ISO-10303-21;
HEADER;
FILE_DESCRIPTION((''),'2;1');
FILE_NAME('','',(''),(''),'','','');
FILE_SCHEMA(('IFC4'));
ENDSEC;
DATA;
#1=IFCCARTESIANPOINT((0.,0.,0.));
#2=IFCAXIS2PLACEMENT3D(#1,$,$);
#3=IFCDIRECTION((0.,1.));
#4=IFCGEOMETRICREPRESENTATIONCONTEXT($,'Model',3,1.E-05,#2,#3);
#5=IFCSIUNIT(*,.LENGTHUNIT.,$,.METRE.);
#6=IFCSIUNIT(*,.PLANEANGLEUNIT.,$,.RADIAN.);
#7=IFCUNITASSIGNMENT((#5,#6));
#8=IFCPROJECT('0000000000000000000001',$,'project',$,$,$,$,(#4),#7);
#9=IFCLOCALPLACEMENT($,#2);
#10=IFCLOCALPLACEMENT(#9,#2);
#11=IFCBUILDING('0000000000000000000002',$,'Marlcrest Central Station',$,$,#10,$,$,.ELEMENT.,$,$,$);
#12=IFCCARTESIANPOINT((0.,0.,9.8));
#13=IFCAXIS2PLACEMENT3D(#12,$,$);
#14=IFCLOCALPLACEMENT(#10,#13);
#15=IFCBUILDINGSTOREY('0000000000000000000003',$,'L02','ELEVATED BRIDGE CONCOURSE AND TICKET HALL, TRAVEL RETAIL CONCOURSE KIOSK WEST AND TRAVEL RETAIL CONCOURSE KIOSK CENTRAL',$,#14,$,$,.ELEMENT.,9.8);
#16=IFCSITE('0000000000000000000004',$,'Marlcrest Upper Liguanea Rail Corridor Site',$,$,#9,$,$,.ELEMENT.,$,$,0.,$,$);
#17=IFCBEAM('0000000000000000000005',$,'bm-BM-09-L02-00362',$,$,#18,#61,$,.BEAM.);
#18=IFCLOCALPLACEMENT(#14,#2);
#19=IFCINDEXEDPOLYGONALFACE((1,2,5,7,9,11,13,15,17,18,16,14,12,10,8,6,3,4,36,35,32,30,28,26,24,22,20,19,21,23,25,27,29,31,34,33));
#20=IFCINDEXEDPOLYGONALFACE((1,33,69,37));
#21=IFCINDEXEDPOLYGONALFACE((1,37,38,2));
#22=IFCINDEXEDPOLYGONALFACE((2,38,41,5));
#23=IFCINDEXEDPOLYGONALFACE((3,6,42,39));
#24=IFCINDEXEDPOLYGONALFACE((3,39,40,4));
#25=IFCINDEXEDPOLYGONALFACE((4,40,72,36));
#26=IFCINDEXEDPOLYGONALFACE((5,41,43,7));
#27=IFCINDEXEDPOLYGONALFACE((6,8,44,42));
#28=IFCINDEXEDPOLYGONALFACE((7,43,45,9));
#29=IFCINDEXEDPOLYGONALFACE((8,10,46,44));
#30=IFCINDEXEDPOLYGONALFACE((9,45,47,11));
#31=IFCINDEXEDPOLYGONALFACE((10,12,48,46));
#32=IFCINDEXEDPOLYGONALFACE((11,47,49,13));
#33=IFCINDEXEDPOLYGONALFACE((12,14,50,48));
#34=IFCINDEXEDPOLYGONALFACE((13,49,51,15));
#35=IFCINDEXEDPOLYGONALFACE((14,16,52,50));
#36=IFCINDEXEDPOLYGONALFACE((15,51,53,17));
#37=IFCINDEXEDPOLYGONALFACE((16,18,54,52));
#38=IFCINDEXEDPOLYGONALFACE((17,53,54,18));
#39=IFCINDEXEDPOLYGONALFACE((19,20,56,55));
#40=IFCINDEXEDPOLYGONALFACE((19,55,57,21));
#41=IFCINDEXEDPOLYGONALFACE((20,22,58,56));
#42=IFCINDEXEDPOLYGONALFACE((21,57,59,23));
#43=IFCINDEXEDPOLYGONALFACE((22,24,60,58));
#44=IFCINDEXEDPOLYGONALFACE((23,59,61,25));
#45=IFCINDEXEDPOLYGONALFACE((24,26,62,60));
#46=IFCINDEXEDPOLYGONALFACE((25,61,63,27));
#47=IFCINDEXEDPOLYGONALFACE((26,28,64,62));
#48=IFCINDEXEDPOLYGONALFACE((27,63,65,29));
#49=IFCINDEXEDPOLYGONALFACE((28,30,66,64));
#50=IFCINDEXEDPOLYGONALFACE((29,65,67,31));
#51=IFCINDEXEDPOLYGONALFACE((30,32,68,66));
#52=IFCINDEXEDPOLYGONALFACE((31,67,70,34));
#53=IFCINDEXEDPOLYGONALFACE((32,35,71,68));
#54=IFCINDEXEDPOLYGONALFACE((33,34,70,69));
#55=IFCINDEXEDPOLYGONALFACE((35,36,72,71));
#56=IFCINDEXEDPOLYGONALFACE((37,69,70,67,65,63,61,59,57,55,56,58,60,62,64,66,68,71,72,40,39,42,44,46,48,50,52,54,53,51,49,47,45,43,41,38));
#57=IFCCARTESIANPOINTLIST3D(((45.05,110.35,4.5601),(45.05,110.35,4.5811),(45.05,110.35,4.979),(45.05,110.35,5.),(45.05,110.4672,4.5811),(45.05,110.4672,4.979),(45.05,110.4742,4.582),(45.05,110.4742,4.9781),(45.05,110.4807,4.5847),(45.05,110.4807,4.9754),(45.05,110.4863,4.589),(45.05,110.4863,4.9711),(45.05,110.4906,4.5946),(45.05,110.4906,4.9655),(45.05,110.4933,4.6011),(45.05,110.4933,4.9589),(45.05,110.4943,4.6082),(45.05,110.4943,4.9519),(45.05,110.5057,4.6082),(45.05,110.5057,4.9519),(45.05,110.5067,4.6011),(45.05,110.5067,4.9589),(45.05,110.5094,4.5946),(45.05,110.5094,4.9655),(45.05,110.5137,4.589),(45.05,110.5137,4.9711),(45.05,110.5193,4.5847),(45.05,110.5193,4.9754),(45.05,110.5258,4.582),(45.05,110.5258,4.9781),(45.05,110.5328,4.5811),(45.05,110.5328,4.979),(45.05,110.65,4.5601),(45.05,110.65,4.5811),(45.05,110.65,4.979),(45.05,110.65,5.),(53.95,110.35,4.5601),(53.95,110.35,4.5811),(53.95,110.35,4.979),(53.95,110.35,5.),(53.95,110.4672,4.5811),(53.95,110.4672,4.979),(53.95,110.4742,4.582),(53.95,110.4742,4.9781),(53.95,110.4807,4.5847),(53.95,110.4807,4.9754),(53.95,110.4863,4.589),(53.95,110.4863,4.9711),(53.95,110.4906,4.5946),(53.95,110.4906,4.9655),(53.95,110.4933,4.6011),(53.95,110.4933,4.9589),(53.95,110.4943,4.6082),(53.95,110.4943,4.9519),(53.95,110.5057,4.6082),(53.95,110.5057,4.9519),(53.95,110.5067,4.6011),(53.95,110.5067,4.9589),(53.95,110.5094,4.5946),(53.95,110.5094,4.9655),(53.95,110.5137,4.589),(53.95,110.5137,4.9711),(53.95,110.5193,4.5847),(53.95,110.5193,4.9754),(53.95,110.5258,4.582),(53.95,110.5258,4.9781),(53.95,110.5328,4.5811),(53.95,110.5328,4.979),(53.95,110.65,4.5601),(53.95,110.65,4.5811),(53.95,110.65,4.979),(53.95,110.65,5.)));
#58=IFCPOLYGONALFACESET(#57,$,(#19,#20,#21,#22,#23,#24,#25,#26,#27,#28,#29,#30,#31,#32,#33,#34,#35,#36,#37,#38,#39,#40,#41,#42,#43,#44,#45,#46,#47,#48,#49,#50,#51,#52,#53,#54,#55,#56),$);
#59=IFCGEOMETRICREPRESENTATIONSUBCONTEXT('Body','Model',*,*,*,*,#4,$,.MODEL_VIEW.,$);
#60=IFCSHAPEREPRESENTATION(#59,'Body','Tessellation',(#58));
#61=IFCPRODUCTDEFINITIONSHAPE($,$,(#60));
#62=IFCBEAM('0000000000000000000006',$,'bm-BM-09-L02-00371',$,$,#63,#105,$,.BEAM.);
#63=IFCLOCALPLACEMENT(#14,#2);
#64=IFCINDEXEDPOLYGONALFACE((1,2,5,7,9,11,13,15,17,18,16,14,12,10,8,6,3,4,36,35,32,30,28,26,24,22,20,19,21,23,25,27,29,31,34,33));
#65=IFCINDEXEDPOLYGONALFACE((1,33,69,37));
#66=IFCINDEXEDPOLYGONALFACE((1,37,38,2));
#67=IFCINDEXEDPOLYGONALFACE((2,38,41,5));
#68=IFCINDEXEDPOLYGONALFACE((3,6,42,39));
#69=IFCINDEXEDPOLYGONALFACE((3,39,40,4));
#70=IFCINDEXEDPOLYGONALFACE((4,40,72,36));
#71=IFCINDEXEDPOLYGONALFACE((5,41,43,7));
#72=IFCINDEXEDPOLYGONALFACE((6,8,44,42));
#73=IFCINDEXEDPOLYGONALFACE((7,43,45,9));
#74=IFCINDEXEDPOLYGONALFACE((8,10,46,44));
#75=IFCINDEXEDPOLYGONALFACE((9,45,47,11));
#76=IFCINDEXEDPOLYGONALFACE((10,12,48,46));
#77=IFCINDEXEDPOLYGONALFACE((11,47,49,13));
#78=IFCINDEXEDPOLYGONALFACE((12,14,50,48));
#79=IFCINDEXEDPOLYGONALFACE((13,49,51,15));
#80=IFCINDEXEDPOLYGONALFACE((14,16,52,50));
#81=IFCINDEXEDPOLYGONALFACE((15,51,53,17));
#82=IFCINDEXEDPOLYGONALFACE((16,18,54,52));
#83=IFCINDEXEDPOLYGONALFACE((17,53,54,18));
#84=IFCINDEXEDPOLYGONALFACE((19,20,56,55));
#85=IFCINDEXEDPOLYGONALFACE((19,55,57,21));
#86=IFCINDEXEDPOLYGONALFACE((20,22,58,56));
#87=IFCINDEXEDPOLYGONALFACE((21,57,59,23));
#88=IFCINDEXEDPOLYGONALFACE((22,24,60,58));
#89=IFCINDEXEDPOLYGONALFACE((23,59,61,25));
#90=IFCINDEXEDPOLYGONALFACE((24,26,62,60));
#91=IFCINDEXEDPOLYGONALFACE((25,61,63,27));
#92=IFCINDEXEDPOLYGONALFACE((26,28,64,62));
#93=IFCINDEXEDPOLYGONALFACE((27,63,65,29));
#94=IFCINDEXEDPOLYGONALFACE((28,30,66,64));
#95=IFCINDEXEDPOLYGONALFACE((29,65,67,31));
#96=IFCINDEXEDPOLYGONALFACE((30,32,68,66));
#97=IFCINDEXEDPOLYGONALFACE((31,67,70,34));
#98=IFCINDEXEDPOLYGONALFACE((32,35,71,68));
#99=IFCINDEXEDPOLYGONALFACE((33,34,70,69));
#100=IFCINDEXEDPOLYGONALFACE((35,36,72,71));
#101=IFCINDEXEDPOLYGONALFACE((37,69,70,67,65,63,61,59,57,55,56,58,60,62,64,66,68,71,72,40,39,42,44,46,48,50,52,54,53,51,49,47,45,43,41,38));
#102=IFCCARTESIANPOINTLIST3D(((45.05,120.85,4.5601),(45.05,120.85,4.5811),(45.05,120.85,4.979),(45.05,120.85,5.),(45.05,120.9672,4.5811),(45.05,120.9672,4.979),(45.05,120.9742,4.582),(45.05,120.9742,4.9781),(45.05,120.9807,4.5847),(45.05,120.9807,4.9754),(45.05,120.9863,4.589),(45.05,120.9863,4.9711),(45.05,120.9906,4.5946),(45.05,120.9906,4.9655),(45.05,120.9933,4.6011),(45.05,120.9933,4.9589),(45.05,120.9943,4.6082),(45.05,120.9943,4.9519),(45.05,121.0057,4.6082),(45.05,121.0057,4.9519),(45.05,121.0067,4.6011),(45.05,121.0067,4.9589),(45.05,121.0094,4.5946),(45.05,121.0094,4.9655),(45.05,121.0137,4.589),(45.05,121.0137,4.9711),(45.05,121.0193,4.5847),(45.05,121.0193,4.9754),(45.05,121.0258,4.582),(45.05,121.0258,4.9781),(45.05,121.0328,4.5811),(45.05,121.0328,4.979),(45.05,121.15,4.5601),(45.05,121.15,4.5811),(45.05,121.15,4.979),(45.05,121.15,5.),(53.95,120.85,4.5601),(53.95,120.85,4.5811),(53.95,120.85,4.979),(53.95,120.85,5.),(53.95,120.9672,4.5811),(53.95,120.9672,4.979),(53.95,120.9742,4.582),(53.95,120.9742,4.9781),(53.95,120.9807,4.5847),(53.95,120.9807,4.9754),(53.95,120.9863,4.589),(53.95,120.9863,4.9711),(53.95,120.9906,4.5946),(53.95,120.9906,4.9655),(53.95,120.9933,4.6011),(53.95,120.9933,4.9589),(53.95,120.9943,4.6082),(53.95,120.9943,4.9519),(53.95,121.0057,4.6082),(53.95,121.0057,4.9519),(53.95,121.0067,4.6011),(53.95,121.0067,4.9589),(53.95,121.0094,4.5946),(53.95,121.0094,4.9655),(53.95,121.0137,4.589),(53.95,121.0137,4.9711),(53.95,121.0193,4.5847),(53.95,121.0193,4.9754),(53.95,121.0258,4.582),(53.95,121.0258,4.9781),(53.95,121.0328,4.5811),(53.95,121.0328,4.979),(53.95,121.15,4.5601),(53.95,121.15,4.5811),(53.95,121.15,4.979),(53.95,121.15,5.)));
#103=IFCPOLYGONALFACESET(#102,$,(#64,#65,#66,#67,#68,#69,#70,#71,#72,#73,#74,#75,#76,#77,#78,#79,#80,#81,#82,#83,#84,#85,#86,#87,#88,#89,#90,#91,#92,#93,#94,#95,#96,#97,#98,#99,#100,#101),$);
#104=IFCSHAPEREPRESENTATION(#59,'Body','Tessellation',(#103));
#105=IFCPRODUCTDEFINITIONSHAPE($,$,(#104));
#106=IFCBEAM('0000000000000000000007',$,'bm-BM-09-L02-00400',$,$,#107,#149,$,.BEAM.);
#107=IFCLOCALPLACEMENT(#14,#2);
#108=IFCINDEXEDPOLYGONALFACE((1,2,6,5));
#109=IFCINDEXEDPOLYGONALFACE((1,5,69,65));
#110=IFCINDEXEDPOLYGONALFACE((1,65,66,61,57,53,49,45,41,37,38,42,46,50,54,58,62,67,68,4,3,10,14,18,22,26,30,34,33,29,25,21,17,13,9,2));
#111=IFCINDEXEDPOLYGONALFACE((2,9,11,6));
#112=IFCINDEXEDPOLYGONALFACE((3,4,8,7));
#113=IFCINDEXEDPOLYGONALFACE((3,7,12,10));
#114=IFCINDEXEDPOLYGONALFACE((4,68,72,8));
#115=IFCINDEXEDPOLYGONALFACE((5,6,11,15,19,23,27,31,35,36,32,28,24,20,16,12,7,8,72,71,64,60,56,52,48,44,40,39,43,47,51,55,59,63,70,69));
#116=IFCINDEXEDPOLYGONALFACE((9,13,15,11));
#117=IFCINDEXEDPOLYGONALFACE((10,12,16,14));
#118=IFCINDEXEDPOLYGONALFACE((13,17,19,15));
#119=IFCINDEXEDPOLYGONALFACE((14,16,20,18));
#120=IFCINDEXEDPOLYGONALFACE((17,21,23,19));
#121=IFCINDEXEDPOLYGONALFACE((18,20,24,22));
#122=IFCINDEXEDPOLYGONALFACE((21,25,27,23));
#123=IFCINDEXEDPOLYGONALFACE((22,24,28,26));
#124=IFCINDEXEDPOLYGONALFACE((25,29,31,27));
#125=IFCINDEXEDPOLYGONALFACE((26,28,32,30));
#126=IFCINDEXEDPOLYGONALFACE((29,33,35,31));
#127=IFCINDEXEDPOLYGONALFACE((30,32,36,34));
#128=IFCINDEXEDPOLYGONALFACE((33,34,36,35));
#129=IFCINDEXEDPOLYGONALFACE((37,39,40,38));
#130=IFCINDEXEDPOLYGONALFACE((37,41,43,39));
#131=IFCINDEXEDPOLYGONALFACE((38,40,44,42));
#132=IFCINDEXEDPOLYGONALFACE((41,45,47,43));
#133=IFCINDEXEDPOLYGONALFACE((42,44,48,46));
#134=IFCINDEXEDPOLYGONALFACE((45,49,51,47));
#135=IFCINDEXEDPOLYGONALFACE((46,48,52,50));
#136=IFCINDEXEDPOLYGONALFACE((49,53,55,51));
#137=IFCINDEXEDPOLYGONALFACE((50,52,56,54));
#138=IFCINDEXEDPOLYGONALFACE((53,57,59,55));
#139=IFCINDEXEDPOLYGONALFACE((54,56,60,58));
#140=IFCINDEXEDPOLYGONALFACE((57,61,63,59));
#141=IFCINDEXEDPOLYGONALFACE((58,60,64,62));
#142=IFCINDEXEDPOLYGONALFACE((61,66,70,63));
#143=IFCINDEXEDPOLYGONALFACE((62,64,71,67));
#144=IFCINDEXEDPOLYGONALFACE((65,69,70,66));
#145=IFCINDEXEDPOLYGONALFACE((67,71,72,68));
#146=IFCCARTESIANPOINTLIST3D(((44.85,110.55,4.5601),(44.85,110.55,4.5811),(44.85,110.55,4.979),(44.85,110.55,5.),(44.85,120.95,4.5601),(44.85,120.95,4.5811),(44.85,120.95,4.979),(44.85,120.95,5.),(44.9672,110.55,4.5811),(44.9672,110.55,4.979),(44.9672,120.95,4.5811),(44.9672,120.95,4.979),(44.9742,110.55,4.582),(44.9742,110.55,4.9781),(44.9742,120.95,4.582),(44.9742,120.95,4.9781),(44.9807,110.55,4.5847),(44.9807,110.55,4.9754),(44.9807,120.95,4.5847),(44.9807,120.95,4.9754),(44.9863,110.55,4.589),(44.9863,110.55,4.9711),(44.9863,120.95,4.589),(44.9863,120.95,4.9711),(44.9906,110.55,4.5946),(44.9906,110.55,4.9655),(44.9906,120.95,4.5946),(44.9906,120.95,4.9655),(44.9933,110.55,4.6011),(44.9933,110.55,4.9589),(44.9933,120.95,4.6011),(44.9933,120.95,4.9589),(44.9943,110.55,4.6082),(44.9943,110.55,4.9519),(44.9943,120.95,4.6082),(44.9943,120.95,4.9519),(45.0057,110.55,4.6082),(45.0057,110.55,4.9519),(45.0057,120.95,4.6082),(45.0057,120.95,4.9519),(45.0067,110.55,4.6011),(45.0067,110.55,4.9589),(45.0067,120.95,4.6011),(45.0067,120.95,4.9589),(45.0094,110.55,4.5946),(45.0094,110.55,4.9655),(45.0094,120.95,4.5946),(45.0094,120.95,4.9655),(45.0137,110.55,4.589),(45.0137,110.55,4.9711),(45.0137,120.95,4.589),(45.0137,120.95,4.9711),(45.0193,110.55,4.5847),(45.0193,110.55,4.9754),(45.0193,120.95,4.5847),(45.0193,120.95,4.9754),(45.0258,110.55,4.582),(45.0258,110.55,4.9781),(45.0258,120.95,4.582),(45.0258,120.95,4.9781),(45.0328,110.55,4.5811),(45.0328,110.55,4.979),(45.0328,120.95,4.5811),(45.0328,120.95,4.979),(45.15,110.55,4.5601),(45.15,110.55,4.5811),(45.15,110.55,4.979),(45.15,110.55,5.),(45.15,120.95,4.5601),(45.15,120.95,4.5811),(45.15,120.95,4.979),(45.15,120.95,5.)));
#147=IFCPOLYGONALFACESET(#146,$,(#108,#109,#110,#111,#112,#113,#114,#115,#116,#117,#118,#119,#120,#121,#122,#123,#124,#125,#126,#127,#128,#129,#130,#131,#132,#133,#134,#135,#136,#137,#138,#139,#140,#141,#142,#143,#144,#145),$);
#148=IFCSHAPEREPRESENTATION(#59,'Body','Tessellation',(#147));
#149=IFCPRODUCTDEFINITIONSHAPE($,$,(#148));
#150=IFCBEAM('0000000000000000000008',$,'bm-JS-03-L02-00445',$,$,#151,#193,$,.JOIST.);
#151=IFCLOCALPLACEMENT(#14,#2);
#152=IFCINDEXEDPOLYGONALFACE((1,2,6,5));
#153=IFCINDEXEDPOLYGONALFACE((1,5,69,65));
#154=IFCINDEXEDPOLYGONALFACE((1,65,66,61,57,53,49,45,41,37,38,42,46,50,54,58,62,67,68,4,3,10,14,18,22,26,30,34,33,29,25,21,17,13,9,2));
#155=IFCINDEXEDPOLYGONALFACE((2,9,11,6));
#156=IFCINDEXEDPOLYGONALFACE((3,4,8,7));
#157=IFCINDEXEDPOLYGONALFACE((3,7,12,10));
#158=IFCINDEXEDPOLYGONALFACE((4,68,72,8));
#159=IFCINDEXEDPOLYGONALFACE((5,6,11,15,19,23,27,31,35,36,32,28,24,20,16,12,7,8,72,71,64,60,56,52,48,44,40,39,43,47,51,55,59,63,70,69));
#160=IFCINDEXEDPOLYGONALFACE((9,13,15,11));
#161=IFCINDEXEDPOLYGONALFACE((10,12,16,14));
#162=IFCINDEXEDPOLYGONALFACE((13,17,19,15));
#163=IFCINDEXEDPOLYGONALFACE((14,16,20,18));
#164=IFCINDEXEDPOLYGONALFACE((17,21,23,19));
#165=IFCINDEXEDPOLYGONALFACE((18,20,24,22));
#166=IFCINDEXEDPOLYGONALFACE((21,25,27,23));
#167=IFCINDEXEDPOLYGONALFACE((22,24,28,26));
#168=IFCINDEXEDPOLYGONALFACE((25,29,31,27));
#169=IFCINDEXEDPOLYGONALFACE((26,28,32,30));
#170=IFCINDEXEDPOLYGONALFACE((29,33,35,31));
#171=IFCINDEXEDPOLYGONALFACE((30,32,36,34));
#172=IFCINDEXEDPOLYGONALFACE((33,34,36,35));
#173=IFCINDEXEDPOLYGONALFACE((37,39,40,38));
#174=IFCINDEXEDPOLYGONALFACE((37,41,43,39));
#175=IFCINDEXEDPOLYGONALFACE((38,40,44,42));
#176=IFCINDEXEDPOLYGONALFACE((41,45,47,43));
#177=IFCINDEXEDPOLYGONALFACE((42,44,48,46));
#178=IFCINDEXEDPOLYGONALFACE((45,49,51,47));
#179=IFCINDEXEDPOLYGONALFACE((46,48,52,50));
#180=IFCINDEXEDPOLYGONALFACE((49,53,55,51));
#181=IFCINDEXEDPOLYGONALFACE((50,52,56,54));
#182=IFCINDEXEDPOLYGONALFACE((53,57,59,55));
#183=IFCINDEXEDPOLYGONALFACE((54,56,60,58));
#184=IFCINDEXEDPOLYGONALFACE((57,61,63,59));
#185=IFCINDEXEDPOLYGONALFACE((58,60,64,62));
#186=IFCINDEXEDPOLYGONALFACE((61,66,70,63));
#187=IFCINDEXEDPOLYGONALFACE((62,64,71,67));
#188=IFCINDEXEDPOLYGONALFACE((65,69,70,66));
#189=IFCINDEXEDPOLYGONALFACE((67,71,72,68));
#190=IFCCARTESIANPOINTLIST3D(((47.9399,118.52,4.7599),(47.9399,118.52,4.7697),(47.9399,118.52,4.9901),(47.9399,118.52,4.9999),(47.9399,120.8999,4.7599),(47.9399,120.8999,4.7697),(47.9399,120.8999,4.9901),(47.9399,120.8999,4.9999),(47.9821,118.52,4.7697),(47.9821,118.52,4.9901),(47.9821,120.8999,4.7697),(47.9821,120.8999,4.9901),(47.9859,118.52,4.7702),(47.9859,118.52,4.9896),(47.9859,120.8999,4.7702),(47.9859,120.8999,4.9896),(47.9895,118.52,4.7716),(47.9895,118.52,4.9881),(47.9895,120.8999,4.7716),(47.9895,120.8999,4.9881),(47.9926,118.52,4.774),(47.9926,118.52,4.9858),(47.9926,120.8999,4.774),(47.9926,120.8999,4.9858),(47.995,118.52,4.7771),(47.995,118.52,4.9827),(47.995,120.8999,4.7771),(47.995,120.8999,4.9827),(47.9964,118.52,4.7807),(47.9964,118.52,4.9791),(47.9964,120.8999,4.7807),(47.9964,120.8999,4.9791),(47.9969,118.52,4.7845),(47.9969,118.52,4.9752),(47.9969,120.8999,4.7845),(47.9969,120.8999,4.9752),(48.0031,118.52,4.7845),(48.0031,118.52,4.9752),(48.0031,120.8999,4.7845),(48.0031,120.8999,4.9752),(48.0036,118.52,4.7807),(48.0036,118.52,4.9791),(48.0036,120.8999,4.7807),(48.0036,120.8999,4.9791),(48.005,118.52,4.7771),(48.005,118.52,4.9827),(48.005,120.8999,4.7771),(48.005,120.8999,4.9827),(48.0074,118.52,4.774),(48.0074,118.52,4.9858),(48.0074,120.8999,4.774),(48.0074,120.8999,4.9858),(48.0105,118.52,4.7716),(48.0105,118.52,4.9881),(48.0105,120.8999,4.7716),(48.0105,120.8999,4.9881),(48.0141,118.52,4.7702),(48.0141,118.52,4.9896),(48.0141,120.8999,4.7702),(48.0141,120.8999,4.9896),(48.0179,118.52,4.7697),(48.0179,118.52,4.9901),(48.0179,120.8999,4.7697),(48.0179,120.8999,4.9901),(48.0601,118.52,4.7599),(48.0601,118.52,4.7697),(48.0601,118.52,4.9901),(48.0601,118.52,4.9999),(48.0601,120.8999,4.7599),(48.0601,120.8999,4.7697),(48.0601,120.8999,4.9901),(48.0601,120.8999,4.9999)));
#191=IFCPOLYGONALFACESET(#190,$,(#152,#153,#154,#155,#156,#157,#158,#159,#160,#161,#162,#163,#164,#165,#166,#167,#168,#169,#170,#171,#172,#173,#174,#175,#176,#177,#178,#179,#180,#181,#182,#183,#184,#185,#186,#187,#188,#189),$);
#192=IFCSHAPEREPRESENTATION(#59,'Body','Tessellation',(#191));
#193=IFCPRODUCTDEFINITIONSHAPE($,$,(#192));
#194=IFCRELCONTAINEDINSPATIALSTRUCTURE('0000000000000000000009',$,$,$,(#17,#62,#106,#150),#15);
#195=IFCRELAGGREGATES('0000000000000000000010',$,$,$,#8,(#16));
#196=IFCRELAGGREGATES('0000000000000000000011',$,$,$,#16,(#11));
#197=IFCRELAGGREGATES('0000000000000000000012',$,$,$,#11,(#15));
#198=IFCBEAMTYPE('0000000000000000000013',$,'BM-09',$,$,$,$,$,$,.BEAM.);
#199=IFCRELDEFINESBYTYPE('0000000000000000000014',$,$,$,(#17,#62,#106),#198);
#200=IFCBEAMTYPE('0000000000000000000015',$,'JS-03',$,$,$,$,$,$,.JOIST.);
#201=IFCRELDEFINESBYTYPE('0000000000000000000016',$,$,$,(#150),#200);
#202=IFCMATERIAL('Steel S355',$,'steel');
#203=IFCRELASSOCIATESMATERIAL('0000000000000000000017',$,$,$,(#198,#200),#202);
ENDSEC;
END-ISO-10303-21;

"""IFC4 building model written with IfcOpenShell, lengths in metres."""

from ifc_helpers import new_model, si_unit, direction, frame, origin, origin_2d, place, context, subcontext, project, spatial, i_section, extrude, material, material_profile, profile_set, type_object, element, save


model = new_model("IFC4")

# Units and contexts
model_context = context("Model", 3, precision=1e-05, world=origin(), true_north=direction((0.0, 1.0)))
body_context = subcontext(model_context, "Body", "Model", "MODEL_VIEW")
ifc_project = project(units=[si_unit("LENGTHUNIT", "METRE"), si_unit("PLANEANGLEUNIT", "RADIAN")], contexts=[model_context])

# Site, building, storey
site_placement = place(None, origin())
site = spatial("IfcSite", under=ifc_project, at=site_placement, Name="Marlcrest Upper Liguanea Rail Corridor Site", CompositionType="ELEMENT", RefElevation=0.0)
building_placement = place(site_placement, origin())
building = spatial("IfcBuilding", under=site, at=building_placement, Name="Marlcrest Central Station", CompositionType="ELEMENT")
storey_placement = place(building_placement, frame((0.0, 0.0, 9.8)))
storey = spatial("IfcBuildingStorey", under=building, at=storey_placement, Name="L02", Description="ELEVATED BRIDGE CONCOURSE AND TICKET HALL, TRAVEL RETAIL CONCOURSE KIOSK WEST AND TRAVEL RETAIL CONCOURSE KIOSK CENTRAL", CompositionType="ELEMENT", Elevation=9.8)

# Shared definitions
ifc_material_1 = material(Name="Steel S355", Category="steel")

# Beams
ifc_material_profile_1 = material_profile(ifc_material_1, i_section(OverallWidth=0.3, OverallDepth=0.4399, WebThickness=0.0115, FlangeThickness=0.021, FilletRadius=0.0271, at=origin_2d()), Name="HEA 450")
ifc_profile_set_1 = profile_set([ifc_material_profile_1], Name="Steel S355")
beam_type_1 = type_object("IfcBeamType", Name="BM-09", PredefinedType="BEAM", material=ifc_profile_set_1)
for number, where, z_axis, x_axis, name in (
    (1, (45.05, 110.5, 4.78), (1.0, 0.0, 0.0), (0.0, 1.0, 0.0), "bm-BM-09-L02-00362"),
    (2, (45.05, 121.0, 4.78), (1.0, 0.0, 0.0), (0.0, 1.0, 0.0), "bm-BM-09-L02-00371"),
):
    element("IfcBeam", number, at=place(storey_placement, frame(where, z_axis=z_axis, x_axis=x_axis)), inside=storey, type_object=beam_type_1, Name=name, PredefinedType="BEAM", context=body_context, shape_type="SweptSolid", body=[
        extrude(i_section(OverallWidth=0.3, OverallDepth=0.4399, WebThickness=0.0115, FlangeThickness=0.021, FilletRadius=0.0271, at=origin_2d()), origin(), (0.0, 0.0, 1.0), 8.8999),
    ])
beam_1_placement = place(storey_placement, frame((45.0, 110.55, 4.78), z_axis=(0.0, 1.0, 0.0), x_axis=(-1.0, 0.0, 0.0)))
element("IfcBeam", 3, at=beam_1_placement, inside=storey, type_object=beam_type_1, Name="bm-BM-09-L02-00400", PredefinedType="BEAM", context=body_context, shape_type="SweptSolid", body=[
    extrude(i_section(OverallWidth=0.3, OverallDepth=0.4399, WebThickness=0.0115, FlangeThickness=0.021, FilletRadius=0.0271, at=origin_2d()), origin(), (0.0, 0.0, 1.0), 10.3999),
])
ifc_material_profile_2 = material_profile(ifc_material_1, i_section(OverallWidth=0.1201, OverallDepth=0.24, WebThickness=0.0061, FlangeThickness=0.0098, FilletRadius=0.0149, at=origin_2d()), Name="IPE 240")
ifc_profile_set_2 = profile_set([ifc_material_profile_2], Name="Steel S355")
beam_type_2 = type_object("IfcBeamType", Name="JS-03", PredefinedType="JOIST", material=ifc_profile_set_2)
beam_2_placement = place(storey_placement, frame((48.0, 118.52, 4.8799), z_axis=(0.0, 1.0, 0.0), x_axis=(-1.0, 0.0, 0.0)))
element("IfcBeam", 4, at=beam_2_placement, inside=storey, type_object=beam_type_2, Name="bm-JS-03-L02-00445", PredefinedType="JOIST", context=body_context, shape_type="SweptSolid", body=[
    extrude(i_section(OverallWidth=0.1201, OverallDepth=0.24, WebThickness=0.0061, FlangeThickness=0.0098, FilletRadius=0.0149, at=origin_2d()), origin(), (0.0, 0.0, 1.0), 2.3799),
])

save(model, "model.ifc")
